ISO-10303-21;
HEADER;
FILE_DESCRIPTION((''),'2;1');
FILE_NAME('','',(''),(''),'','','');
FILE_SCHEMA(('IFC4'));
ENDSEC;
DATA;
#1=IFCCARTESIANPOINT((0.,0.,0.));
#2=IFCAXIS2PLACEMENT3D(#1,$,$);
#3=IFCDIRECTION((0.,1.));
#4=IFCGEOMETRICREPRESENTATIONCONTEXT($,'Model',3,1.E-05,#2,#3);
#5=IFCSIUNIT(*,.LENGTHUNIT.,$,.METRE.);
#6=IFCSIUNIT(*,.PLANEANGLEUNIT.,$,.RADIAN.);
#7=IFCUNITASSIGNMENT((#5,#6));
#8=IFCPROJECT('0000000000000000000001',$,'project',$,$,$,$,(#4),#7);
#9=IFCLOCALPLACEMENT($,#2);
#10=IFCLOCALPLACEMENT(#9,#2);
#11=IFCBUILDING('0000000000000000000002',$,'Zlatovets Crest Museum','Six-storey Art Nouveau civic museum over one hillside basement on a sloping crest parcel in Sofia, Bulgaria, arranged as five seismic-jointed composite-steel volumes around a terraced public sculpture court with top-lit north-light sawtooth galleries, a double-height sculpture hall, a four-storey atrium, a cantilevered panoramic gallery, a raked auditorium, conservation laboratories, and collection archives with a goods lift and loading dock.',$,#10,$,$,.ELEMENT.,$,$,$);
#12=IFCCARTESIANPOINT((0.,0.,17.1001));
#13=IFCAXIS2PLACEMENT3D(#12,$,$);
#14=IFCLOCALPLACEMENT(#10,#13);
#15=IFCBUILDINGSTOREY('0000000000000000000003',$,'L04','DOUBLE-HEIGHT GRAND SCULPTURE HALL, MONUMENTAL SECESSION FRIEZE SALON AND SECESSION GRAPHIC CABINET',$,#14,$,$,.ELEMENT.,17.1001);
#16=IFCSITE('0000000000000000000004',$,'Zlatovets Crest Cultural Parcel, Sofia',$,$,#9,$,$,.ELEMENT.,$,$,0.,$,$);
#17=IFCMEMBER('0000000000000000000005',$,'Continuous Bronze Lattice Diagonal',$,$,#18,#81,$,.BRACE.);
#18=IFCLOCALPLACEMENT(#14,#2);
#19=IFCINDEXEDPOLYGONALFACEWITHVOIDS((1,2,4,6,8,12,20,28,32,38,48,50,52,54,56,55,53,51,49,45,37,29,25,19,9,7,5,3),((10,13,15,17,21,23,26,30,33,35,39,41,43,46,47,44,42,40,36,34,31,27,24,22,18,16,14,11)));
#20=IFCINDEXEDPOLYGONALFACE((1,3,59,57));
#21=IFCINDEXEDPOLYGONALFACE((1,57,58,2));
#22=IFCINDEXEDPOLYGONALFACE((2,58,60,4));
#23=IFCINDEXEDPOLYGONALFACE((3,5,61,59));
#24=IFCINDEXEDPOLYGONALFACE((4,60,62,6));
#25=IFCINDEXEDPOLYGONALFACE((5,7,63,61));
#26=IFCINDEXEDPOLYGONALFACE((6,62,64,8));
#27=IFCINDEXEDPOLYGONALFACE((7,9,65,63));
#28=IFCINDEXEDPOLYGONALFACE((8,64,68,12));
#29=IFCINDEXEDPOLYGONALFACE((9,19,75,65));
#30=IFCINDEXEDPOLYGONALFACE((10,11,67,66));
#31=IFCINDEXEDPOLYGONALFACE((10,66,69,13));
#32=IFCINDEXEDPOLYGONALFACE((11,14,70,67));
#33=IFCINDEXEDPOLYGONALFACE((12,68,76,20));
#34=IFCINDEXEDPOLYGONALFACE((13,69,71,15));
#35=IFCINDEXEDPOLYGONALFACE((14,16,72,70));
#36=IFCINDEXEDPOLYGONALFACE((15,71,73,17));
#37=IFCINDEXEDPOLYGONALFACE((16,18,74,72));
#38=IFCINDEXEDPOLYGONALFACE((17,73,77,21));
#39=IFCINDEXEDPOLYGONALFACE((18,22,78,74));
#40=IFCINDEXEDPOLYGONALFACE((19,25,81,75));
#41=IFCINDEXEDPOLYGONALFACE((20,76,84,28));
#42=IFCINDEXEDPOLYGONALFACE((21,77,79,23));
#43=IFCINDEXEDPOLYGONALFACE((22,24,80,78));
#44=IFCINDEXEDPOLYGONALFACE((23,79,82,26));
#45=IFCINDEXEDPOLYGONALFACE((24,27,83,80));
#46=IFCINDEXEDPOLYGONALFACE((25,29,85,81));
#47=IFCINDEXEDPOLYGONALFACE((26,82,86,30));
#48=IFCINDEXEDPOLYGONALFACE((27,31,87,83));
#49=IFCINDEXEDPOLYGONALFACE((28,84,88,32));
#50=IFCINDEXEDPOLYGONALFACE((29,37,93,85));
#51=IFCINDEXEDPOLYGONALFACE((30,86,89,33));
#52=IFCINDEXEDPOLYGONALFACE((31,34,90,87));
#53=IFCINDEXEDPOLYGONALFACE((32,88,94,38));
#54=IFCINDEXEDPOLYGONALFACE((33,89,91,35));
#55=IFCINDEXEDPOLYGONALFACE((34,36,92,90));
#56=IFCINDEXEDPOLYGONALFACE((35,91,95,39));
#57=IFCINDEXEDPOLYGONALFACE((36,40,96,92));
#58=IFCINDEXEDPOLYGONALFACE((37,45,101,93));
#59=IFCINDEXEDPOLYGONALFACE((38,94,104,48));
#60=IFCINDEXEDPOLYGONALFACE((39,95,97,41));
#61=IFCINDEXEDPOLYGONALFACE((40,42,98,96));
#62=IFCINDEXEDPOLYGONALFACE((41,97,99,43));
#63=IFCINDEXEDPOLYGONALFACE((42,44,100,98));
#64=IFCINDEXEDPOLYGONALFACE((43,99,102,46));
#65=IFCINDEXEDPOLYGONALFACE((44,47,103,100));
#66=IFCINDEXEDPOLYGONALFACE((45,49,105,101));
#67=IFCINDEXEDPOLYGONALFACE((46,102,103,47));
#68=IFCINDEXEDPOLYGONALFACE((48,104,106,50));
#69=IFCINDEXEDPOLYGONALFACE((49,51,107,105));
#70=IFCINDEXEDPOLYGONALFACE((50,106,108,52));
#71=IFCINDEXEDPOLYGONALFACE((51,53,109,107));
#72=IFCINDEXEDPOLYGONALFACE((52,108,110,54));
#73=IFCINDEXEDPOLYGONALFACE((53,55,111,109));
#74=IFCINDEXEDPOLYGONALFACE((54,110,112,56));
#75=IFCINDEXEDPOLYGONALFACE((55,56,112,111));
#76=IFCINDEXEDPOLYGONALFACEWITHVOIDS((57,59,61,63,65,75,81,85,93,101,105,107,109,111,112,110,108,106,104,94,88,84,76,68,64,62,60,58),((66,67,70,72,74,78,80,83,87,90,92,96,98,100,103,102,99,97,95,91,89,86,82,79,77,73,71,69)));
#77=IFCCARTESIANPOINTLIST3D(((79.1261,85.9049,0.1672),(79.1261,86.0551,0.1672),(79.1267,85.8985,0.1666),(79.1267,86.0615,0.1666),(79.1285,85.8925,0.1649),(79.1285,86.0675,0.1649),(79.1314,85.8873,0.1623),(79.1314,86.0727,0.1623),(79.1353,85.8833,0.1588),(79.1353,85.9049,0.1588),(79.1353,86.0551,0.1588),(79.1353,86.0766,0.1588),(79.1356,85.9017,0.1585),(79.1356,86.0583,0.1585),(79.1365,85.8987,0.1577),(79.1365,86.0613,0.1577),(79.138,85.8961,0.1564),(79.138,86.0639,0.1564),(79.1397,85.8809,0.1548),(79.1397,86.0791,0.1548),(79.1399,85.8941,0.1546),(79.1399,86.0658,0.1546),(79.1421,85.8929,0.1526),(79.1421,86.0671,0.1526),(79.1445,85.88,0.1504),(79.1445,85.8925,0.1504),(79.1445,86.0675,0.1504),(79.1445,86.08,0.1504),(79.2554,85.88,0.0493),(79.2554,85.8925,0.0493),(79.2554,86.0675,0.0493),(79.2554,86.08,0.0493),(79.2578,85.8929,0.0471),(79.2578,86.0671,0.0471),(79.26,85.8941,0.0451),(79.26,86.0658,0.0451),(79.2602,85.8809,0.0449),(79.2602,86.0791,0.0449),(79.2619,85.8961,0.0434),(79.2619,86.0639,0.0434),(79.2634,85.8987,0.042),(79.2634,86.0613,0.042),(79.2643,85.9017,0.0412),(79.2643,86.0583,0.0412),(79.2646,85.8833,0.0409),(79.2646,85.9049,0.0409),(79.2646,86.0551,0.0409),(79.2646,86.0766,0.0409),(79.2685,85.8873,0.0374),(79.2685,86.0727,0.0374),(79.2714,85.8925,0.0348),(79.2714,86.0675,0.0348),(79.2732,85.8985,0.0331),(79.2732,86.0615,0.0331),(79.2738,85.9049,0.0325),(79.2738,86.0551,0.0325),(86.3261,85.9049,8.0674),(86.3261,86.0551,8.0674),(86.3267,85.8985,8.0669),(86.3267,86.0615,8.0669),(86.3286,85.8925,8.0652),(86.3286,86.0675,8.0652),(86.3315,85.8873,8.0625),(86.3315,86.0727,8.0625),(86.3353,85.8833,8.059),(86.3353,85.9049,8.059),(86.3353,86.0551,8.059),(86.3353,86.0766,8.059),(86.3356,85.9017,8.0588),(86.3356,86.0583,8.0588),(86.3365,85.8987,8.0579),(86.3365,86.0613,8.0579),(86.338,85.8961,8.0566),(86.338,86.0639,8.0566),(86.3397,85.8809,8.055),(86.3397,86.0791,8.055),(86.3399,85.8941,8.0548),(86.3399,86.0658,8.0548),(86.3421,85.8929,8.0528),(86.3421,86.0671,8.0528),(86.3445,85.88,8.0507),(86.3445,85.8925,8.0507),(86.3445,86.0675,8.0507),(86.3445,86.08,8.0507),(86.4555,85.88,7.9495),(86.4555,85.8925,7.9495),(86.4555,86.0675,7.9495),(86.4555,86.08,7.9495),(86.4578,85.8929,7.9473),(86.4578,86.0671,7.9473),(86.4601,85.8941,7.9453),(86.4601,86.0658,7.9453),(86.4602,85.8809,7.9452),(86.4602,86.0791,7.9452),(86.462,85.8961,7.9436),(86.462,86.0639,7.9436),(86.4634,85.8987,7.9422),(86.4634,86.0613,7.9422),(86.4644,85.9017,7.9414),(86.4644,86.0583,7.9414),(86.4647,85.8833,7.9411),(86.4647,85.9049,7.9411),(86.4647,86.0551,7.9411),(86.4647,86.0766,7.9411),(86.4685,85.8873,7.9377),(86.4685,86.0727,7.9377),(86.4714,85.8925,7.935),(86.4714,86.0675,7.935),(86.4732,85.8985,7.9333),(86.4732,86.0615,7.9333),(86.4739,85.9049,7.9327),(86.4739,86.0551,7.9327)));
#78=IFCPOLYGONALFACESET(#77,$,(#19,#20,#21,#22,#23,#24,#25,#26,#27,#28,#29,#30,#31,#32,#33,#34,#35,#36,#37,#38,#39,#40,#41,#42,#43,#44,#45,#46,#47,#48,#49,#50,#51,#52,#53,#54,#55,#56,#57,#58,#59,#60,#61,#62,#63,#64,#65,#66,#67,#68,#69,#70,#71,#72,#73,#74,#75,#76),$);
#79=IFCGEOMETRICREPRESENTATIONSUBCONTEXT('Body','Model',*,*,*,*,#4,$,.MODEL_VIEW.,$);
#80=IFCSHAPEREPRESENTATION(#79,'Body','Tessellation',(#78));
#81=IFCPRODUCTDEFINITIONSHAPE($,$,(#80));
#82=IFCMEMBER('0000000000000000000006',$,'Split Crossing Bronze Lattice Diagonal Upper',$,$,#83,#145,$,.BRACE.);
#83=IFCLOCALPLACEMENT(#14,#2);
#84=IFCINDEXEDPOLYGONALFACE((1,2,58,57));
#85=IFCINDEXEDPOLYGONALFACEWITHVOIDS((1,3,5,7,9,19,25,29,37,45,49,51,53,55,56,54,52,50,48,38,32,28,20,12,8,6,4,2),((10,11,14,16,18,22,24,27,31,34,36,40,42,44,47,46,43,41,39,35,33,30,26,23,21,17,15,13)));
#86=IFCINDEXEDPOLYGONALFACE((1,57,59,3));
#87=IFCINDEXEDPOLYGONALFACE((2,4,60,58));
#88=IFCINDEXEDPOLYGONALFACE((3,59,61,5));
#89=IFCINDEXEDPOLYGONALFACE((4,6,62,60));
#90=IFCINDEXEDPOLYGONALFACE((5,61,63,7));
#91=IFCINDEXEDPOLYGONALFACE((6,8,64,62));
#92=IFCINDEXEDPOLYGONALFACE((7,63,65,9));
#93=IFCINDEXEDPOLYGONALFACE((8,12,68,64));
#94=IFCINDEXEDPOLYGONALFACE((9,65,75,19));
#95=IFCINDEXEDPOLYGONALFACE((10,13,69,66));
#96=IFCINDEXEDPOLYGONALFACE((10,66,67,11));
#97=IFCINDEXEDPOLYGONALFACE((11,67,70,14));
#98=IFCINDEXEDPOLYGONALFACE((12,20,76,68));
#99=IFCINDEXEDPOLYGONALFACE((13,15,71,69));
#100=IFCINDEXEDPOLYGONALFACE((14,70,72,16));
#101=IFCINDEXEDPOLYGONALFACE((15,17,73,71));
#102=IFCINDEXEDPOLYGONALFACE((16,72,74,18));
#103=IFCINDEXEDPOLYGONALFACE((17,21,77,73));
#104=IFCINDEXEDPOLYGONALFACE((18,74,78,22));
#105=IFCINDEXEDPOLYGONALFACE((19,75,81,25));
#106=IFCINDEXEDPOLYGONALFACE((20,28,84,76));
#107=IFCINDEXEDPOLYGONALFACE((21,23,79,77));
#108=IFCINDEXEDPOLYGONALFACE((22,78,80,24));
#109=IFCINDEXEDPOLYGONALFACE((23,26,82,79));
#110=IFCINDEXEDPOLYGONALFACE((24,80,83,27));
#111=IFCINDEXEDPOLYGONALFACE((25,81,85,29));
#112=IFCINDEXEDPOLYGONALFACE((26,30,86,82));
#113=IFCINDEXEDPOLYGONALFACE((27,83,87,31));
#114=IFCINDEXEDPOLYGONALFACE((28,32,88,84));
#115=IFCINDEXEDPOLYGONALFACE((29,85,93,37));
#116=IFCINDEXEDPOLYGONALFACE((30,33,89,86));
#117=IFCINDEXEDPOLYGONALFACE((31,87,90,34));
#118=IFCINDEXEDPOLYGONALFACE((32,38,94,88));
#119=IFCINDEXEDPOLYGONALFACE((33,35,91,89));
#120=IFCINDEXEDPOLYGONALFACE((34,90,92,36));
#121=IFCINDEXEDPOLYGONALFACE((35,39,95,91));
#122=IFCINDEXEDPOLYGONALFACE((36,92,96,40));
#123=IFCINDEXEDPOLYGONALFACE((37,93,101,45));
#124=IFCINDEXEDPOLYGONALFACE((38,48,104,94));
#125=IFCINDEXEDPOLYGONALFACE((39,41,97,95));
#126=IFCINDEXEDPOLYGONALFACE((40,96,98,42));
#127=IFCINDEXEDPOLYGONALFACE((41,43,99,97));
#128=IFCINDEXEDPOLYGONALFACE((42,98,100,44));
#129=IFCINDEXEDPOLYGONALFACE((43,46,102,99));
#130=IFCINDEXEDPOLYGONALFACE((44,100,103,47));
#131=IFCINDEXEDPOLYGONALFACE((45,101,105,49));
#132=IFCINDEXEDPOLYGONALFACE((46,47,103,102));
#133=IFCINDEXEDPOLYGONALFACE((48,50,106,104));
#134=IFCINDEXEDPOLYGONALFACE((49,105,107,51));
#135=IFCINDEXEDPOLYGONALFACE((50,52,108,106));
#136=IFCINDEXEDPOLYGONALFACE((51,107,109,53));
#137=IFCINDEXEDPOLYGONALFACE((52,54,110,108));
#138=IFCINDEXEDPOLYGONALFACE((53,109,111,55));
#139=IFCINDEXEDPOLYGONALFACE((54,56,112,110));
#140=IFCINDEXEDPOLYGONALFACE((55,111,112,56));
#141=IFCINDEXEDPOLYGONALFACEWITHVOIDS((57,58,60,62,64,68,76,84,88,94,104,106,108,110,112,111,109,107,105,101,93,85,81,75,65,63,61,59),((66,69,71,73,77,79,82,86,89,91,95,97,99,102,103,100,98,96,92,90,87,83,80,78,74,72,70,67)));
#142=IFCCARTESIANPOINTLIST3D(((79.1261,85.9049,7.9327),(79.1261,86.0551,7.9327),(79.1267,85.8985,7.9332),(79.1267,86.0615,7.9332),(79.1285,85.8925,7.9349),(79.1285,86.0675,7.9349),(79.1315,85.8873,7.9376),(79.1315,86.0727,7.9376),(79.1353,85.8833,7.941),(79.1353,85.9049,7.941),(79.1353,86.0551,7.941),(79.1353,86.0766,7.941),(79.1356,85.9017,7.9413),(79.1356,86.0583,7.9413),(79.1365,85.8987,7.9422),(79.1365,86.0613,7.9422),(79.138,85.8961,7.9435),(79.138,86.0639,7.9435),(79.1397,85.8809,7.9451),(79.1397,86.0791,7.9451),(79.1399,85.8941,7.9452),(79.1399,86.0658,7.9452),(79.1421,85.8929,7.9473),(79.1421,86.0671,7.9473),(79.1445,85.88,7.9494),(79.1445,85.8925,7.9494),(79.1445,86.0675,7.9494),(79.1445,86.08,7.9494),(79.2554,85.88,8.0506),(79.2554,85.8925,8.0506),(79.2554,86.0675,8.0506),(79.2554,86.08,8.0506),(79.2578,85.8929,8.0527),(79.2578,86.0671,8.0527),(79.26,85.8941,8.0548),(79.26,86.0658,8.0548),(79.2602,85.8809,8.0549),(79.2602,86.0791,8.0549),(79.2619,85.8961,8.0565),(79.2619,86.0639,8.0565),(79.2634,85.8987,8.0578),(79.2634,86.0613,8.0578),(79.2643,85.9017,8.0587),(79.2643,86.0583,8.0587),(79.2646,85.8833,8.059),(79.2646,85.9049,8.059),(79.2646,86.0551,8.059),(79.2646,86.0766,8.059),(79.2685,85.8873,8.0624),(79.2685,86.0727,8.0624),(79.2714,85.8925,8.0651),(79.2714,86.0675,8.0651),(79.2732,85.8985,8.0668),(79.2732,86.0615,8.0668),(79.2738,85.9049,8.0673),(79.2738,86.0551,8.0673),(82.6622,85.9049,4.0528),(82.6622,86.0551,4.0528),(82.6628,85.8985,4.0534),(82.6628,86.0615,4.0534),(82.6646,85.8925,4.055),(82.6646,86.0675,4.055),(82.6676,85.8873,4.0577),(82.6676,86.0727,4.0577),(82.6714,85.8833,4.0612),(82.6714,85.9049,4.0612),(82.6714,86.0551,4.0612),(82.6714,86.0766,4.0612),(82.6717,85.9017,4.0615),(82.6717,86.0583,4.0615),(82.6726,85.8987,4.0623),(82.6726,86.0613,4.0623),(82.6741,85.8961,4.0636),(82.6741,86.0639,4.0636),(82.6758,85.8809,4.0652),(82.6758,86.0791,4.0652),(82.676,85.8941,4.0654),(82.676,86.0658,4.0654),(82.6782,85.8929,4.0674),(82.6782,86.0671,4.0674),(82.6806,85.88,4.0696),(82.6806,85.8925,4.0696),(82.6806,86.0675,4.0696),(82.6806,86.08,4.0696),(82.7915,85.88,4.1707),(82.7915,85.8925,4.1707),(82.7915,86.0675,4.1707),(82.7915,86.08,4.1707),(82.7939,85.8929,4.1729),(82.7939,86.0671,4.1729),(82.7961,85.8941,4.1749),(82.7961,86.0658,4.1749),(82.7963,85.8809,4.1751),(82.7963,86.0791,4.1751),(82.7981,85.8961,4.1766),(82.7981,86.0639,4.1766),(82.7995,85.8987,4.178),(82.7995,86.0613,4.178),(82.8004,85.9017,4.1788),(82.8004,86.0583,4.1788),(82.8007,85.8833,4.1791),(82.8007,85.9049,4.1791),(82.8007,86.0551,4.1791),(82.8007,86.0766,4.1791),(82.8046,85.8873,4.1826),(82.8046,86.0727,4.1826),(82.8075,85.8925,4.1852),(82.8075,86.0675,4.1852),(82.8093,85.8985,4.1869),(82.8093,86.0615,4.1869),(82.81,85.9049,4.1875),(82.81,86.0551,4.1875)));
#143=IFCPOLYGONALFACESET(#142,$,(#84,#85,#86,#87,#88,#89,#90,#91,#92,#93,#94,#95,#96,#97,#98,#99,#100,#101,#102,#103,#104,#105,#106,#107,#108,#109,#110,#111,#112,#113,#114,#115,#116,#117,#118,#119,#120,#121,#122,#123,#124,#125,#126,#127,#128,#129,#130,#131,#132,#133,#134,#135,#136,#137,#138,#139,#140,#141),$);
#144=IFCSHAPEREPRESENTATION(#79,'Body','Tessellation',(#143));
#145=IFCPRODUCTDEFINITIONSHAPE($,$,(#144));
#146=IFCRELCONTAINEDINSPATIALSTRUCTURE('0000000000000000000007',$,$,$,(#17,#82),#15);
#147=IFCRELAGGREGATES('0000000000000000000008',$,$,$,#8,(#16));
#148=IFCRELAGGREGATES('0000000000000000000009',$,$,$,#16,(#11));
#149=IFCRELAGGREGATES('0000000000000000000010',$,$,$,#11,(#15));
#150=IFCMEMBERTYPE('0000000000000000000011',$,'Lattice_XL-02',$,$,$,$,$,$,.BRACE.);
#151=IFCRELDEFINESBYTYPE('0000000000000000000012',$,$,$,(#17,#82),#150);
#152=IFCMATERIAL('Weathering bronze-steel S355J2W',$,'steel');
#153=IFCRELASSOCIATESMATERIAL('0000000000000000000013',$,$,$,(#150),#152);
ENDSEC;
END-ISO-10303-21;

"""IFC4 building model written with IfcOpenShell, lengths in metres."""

from ifc_helpers import new_model, si_unit, direction, frame, origin, origin_2d, place, context, subcontext, project, spatial, hollow_rectangle, extrude, material, material_profile, profile_set, type_object, element, save


model = new_model("IFC4")

# Units and contexts
model_context = context("Model", 3, precision=1e-05, world=origin(), true_north=direction((0.0, 1.0)))
body_context = subcontext(model_context, "Body", "Model", "MODEL_VIEW")
ifc_project = project(units=[si_unit("LENGTHUNIT", "METRE"), si_unit("PLANEANGLEUNIT", "RADIAN")], contexts=[model_context])

# Site, building, storey
site_placement = place(None, origin())
site = spatial("IfcSite", under=ifc_project, at=site_placement, Name="Zlatovets Crest Cultural Parcel, Sofia", CompositionType="ELEMENT", RefElevation=0.0)
building_placement = place(site_placement, origin())
building = spatial("IfcBuilding", under=site, at=building_placement, Name="Zlatovets Crest Museum", Description="Six-storey Art Nouveau civic museum over one hillside basement on a sloping crest parcel in Sofia, Bulgaria, arranged as five seismic-jointed composite-steel volumes around a terraced public sculpture court with top-lit north-light sawtooth galleries, a double-height sculpture hall, a four-storey atrium, a cantilevered panoramic gallery, a raked auditorium, conservation laboratories, and collection archives with a goods lift and loading dock.", CompositionType="ELEMENT")
storey_placement = place(building_placement, frame((0.0, 0.0, 17.1001)))
storey = spatial("IfcBuildingStorey", under=building, at=storey_placement, Name="L04", Description="DOUBLE-HEIGHT GRAND SCULPTURE HALL, MONUMENTAL SECESSION FRIEZE SALON AND SECESSION GRAPHIC CABINET", CompositionType="ELEMENT", Elevation=17.1001)

# Members
ifc_material_1 = material(Name="Weathering bronze-steel S355J2W", Category="steel")
ifc_material_profile_1 = material_profile(ifc_material_1, hollow_rectangle(XDim=0.2, YDim=0.2, WallThickness=0.0125, InnerFilletRadius=0.0125, OuterFilletRadius=0.0249, at=origin_2d()), Name="SHS 200x200x12.5")
ifc_profile_set_1 = profile_set([ifc_material_profile_1], Name="Weathering bronze-steel S355J2W")
member_type_1 = type_object("IfcMemberType", Name="Lattice_XL-02", PredefinedType="BRACE", material=ifc_profile_set_1)
member_1_placement = place(storey_placement, frame((79.2, 85.98, 0.0999), z_axis=(0.673594, 0.0, 0.739101), x_axis=(0.0, 1.0, 0.0)))
element("IfcMember", 1, at=member_1_placement, inside=storey, type_object=member_type_1, Name="Continuous Bronze Lattice Diagonal", PredefinedType="BRACE", context=body_context, shape_type="SweptSolid", body=[
    extrude(hollow_rectangle(XDim=0.2, YDim=0.2, WallThickness=0.0125, InnerFilletRadius=0.0125, OuterFilletRadius=0.0249, at=origin_2d()), origin(), (0.0, 0.0, 1.0), 10.689),
])
member_2_placement = place(storey_placement, frame((79.2, 85.98, 8.0), z_axis=(0.673607, 0.0, -0.739089), x_axis=(0.0, 1.0, 0.0)))
element("IfcMember", 2, at=member_2_placement, inside=storey, type_object=member_type_1, Name="Split Crossing Bronze Lattice Diagonal Upper", PredefinedType="BRACE", context=body_context, shape_type="SweptSolid", body=[
    extrude(hollow_rectangle(XDim=0.2, YDim=0.2, WallThickness=0.0125, InnerFilletRadius=0.0125, OuterFilletRadius=0.0249, at=origin_2d()), origin(), (0.0, 0.0, 1.0), 5.2495),
])

save(model, "model.ifc")
